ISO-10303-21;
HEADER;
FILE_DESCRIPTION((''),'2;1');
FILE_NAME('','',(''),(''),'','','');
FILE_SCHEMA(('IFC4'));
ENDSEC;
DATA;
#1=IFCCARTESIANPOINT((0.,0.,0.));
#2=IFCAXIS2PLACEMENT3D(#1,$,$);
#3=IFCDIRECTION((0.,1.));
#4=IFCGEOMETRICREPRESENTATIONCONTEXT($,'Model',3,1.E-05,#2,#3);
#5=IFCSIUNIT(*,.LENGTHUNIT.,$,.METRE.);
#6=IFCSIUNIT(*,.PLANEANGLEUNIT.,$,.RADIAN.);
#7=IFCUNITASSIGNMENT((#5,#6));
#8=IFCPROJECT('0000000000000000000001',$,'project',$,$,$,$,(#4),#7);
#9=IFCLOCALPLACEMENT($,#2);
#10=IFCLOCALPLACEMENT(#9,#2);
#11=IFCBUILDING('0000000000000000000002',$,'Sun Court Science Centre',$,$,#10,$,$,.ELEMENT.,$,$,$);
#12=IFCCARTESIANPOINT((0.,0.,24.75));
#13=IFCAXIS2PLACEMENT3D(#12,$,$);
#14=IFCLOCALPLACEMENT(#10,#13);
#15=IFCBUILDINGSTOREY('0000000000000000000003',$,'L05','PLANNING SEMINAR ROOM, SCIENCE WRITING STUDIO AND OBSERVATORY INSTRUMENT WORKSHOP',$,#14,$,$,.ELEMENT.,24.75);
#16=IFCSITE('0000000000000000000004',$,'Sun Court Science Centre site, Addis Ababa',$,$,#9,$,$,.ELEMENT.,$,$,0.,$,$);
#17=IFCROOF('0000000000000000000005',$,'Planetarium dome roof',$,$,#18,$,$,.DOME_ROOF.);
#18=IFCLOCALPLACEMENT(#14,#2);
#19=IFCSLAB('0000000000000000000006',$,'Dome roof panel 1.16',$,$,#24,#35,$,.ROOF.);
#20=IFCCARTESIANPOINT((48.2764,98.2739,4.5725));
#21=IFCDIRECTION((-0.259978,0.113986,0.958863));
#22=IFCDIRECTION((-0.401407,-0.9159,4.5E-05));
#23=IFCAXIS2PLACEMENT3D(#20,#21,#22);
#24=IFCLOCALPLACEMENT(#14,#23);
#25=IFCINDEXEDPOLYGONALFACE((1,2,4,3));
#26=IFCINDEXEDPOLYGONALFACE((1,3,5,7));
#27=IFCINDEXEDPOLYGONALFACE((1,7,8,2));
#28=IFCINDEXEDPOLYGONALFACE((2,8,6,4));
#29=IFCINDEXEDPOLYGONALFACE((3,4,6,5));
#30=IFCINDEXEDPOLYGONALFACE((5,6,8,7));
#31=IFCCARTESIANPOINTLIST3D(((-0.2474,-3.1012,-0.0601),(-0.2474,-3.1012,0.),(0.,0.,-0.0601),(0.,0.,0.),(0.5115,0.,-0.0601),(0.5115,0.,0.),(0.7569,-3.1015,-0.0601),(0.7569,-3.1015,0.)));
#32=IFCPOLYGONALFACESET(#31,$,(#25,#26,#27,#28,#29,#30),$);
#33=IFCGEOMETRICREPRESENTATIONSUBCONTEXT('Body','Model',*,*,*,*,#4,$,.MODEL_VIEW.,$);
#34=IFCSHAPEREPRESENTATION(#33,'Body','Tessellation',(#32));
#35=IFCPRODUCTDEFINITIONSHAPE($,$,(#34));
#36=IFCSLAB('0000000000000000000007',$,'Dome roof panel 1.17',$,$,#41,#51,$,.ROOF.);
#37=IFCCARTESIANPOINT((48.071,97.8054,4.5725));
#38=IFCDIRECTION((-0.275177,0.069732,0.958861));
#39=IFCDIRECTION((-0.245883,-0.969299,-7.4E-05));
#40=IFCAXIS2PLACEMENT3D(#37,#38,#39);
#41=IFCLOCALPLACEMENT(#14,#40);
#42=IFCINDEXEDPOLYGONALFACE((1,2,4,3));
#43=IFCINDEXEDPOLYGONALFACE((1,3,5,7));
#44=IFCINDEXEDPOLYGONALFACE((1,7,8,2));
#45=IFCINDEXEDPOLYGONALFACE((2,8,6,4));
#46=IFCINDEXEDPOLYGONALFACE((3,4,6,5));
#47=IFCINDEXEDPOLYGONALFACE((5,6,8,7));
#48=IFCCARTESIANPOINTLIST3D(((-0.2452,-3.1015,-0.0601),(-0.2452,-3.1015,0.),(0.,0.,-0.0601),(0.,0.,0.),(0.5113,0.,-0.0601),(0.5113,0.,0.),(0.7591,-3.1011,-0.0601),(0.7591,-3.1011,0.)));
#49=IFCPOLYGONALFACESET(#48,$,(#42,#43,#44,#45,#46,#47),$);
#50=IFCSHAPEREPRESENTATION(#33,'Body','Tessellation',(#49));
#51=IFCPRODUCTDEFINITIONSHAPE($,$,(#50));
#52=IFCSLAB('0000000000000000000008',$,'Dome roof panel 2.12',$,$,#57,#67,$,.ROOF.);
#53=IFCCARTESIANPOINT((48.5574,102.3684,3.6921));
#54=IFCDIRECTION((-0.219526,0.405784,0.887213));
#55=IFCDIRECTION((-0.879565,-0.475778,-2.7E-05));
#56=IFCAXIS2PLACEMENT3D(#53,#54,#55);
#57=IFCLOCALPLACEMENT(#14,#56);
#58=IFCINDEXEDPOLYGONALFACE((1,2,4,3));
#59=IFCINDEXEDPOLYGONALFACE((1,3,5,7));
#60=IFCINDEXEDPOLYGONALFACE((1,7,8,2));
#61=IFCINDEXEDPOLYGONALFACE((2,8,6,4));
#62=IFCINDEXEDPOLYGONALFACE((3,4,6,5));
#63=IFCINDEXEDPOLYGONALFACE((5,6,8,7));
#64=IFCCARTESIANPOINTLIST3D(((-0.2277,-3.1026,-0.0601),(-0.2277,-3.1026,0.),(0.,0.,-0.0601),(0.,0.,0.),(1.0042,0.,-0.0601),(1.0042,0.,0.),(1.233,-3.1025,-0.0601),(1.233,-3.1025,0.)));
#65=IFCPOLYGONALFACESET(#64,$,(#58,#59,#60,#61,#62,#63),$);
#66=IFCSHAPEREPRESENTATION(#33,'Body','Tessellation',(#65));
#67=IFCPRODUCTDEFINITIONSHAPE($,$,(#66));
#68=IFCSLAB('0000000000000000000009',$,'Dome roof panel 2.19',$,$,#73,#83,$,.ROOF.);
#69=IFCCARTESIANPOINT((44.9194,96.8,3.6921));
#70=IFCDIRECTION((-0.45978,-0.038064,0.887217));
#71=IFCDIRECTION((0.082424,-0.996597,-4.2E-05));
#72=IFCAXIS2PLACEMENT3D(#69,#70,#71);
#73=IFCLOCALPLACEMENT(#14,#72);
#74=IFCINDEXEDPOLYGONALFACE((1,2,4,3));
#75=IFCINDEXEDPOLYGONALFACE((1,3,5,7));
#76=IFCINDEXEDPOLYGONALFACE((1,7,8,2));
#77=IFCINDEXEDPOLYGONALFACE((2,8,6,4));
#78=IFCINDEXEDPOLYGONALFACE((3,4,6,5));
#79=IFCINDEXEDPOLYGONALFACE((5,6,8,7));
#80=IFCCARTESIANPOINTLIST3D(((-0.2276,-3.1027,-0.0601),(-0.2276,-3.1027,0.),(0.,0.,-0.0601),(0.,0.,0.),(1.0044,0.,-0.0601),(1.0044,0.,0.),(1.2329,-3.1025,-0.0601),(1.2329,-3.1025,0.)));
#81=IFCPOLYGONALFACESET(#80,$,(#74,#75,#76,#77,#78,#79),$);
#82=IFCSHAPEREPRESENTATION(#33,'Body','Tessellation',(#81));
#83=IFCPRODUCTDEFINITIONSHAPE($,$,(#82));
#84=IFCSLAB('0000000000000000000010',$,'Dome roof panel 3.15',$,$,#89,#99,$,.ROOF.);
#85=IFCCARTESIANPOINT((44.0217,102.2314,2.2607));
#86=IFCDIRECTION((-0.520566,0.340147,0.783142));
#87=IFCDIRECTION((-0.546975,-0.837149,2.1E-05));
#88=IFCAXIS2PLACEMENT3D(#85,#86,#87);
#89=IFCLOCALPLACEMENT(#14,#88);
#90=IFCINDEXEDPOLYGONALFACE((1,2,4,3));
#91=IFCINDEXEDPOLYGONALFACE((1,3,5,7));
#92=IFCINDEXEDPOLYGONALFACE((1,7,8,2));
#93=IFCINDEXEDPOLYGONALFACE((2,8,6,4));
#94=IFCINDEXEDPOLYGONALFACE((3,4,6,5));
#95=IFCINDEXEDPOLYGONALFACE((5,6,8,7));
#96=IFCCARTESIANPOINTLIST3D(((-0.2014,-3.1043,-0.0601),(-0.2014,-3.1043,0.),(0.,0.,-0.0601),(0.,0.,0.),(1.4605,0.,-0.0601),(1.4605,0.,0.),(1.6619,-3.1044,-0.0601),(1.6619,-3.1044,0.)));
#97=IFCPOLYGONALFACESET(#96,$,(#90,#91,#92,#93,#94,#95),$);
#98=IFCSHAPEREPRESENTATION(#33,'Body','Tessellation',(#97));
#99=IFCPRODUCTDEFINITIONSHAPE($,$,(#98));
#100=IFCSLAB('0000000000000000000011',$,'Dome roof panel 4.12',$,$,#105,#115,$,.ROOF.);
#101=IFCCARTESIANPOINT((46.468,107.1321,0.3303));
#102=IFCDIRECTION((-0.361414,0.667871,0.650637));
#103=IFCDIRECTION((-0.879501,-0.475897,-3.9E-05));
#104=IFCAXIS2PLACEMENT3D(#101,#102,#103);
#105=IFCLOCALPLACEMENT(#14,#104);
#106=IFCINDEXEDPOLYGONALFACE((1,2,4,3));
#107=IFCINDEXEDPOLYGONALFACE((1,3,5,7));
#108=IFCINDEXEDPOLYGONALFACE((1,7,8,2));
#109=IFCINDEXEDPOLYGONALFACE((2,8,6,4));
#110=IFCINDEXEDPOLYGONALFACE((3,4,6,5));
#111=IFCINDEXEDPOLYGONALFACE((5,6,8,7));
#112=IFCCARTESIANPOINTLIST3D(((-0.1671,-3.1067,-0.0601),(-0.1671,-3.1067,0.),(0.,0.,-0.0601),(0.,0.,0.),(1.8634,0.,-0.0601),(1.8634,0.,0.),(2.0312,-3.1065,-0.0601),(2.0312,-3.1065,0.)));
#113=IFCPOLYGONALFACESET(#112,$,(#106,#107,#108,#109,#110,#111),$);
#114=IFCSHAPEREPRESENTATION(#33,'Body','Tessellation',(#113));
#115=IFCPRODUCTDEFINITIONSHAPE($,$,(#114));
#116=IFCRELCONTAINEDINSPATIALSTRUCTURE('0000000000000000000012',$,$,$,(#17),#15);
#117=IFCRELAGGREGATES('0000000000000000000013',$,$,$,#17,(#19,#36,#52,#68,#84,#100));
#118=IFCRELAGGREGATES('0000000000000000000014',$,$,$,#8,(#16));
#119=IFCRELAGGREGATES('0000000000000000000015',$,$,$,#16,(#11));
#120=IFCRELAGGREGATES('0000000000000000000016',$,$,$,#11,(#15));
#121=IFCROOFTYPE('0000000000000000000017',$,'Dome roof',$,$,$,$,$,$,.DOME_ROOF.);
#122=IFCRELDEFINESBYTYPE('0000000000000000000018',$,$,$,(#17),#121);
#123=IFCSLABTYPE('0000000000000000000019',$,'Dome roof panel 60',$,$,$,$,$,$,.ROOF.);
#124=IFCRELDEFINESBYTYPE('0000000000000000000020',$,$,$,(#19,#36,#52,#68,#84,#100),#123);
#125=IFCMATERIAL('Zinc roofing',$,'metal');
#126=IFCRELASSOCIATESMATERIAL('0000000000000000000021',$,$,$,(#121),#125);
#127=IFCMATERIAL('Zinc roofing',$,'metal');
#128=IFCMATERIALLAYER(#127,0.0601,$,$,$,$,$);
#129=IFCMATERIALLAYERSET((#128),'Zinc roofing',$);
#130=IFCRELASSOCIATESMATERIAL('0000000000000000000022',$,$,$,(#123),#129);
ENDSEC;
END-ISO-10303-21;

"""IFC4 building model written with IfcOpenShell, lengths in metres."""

from ifc_helpers import new_model, si_unit, direction, frame, origin, place, context, subcontext, project, spatial, polyline, outline, extrude, material, layer, layer_set, type_object, element, aggregate, save


model = new_model("IFC4")

# Units and contexts
model_context = context("Model", 3, precision=1e-05, world=origin(), true_north=direction((0.0, 1.0)))
body_context = subcontext(model_context, "Body", "Model", "MODEL_VIEW")
ifc_project = project(units=[si_unit("LENGTHUNIT", "METRE"), si_unit("PLANEANGLEUNIT", "RADIAN")], contexts=[model_context])

# Site, building, storey
site_placement = place(None, origin())
site = spatial("IfcSite", under=ifc_project, at=site_placement, Name="Sun Court Science Centre site, Addis Ababa", CompositionType="ELEMENT", RefElevation=0.0)
building_placement = place(site_placement, origin())
building = spatial("IfcBuilding", under=site, at=building_placement, Name="Sun Court Science Centre", CompositionType="ELEMENT")
storey_placement = place(building_placement, frame((0.0, 0.0, 24.75)))
storey = spatial("IfcBuildingStorey", under=building, at=storey_placement, Name="L05", Description="PLANNING SEMINAR ROOM, SCIENCE WRITING STUDIO AND OBSERVATORY INSTRUMENT WORKSHOP", CompositionType="ELEMENT", Elevation=24.75)

# Roof, slabs
ifc_material_1 = material(Name="Zinc roofing", Category="metal")
roof_type = type_object("IfcRoofType", Name="Dome roof", PredefinedType="DOME_ROOF", material=ifc_material_1)
roof_placement = place(storey_placement, origin())
roof = element("IfcRoof", 1, at=roof_placement, inside=storey, type_object=roof_type, Name="Planetarium dome roof", PredefinedType="DOME_ROOF")
ifc_material_2 = material(Name="Zinc roofing", Category="metal")
ifc_layer = layer(ifc_material_2, 0.0601)
ifc_layer_set = layer_set([ifc_layer], Name="Zinc roofing")
slab_type = type_object("IfcSlabType", Name="Dome roof panel 60", PredefinedType="ROOF", material=ifc_layer_set)
slab_1_placement = place(storey_placement, frame((48.2764, 98.2739, 4.5725), z_axis=(-0.259978, 0.113986, 0.958863), x_axis=(-0.401407, -0.9159, 0.000045)))
slab_1 = element("IfcSlab", 2, at=slab_1_placement, type_object=slab_type, Name="Dome roof panel 1.16", PredefinedType="ROOF", context=body_context, shape_type="SweptSolid", body=[
    extrude(outline(polyline([(0.0, 0.0), (0.5115, 0.0), (0.7569, -3.1015), (-0.2474, -3.1012), (0.0, 0.0)])), origin(), (0.0, 0.0, -1.0), 0.0601),
])
slab_2_placement = place(storey_placement, frame((48.071, 97.8054, 4.5725), z_axis=(-0.275177, 0.069732, 0.958861), x_axis=(-0.245883, -0.969299, -0.000074)))
slab_2 = element("IfcSlab", 3, at=slab_2_placement, type_object=slab_type, Name="Dome roof panel 1.17", PredefinedType="ROOF", context=body_context, shape_type="SweptSolid", body=[
    extrude(outline(polyline([(0.0, 0.0), (0.5113, 0.0), (0.7591, -3.1011), (-0.2452, -3.1015), (0.0, 0.0)])), origin(), (0.0, 0.0, -1.0), 0.0601),
])
slab_3_placement = place(storey_placement, frame((48.5574, 102.3684, 3.6921), z_axis=(-0.219526, 0.405784, 0.887213), x_axis=(-0.879565, -0.475778, -0.000027)))
slab_3 = element("IfcSlab", 4, at=slab_3_placement, type_object=slab_type, Name="Dome roof panel 2.12", PredefinedType="ROOF", context=body_context, shape_type="SweptSolid", body=[
    extrude(outline(polyline([(0.0, 0.0), (1.0042, 0.0), (1.233, -3.1025), (-0.2277, -3.1026), (0.0, 0.0)])), origin(), (0.0, 0.0, -1.0), 0.0601),
])
slab_4_placement = place(storey_placement, frame((44.9194, 96.8, 3.6921), z_axis=(-0.45978, -0.038064, 0.887217), x_axis=(0.082424, -0.996597, -0.000042)))
slab_4 = element("IfcSlab", 5, at=slab_4_placement, type_object=slab_type, Name="Dome roof panel 2.19", PredefinedType="ROOF", context=body_context, shape_type="SweptSolid", body=[
    extrude(outline(polyline([(0.0, 0.0), (1.0044, 0.0), (1.2329, -3.1025), (-0.2276, -3.1027), (0.0, 0.0)])), origin(), (0.0, 0.0, -1.0), 0.0601),
])
slab_5_placement = place(storey_placement, frame((44.0217, 102.2314, 2.2607), z_axis=(-0.520566, 0.340147, 0.783142), x_axis=(-0.546975, -0.837149, 0.000021)))
slab_5 = element("IfcSlab", 6, at=slab_5_placement, type_object=slab_type, Name="Dome roof panel 3.15", PredefinedType="ROOF", context=body_context, shape_type="SweptSolid", body=[
    extrude(outline(polyline([(0.0, 0.0), (1.4605, 0.0), (1.6619, -3.1044), (-0.2014, -3.1043), (0.0, 0.0)])), origin(), (0.0, 0.0, -1.0), 0.0601),
])
slab_6_placement = place(storey_placement, frame((46.468, 107.1321, 0.3303), z_axis=(-0.361414, 0.667871, 0.650637), x_axis=(-0.879501, -0.475897, -0.000039)))
slab_6 = element("IfcSlab", 7, at=slab_6_placement, type_object=slab_type, Name="Dome roof panel 4.12", PredefinedType="ROOF", context=body_context, shape_type="SweptSolid", body=[
    extrude(outline(polyline([(0.0, 0.0), (1.8634, 0.0), (2.0312, -3.1065), (-0.1671, -3.1067), (0.0, 0.0)])), origin(), (0.0, 0.0, -1.0), 0.0601),
])
aggregate(roof, [slab_1, slab_2, slab_3, slab_4, slab_5, slab_6])

save(model, "model.ifc")
